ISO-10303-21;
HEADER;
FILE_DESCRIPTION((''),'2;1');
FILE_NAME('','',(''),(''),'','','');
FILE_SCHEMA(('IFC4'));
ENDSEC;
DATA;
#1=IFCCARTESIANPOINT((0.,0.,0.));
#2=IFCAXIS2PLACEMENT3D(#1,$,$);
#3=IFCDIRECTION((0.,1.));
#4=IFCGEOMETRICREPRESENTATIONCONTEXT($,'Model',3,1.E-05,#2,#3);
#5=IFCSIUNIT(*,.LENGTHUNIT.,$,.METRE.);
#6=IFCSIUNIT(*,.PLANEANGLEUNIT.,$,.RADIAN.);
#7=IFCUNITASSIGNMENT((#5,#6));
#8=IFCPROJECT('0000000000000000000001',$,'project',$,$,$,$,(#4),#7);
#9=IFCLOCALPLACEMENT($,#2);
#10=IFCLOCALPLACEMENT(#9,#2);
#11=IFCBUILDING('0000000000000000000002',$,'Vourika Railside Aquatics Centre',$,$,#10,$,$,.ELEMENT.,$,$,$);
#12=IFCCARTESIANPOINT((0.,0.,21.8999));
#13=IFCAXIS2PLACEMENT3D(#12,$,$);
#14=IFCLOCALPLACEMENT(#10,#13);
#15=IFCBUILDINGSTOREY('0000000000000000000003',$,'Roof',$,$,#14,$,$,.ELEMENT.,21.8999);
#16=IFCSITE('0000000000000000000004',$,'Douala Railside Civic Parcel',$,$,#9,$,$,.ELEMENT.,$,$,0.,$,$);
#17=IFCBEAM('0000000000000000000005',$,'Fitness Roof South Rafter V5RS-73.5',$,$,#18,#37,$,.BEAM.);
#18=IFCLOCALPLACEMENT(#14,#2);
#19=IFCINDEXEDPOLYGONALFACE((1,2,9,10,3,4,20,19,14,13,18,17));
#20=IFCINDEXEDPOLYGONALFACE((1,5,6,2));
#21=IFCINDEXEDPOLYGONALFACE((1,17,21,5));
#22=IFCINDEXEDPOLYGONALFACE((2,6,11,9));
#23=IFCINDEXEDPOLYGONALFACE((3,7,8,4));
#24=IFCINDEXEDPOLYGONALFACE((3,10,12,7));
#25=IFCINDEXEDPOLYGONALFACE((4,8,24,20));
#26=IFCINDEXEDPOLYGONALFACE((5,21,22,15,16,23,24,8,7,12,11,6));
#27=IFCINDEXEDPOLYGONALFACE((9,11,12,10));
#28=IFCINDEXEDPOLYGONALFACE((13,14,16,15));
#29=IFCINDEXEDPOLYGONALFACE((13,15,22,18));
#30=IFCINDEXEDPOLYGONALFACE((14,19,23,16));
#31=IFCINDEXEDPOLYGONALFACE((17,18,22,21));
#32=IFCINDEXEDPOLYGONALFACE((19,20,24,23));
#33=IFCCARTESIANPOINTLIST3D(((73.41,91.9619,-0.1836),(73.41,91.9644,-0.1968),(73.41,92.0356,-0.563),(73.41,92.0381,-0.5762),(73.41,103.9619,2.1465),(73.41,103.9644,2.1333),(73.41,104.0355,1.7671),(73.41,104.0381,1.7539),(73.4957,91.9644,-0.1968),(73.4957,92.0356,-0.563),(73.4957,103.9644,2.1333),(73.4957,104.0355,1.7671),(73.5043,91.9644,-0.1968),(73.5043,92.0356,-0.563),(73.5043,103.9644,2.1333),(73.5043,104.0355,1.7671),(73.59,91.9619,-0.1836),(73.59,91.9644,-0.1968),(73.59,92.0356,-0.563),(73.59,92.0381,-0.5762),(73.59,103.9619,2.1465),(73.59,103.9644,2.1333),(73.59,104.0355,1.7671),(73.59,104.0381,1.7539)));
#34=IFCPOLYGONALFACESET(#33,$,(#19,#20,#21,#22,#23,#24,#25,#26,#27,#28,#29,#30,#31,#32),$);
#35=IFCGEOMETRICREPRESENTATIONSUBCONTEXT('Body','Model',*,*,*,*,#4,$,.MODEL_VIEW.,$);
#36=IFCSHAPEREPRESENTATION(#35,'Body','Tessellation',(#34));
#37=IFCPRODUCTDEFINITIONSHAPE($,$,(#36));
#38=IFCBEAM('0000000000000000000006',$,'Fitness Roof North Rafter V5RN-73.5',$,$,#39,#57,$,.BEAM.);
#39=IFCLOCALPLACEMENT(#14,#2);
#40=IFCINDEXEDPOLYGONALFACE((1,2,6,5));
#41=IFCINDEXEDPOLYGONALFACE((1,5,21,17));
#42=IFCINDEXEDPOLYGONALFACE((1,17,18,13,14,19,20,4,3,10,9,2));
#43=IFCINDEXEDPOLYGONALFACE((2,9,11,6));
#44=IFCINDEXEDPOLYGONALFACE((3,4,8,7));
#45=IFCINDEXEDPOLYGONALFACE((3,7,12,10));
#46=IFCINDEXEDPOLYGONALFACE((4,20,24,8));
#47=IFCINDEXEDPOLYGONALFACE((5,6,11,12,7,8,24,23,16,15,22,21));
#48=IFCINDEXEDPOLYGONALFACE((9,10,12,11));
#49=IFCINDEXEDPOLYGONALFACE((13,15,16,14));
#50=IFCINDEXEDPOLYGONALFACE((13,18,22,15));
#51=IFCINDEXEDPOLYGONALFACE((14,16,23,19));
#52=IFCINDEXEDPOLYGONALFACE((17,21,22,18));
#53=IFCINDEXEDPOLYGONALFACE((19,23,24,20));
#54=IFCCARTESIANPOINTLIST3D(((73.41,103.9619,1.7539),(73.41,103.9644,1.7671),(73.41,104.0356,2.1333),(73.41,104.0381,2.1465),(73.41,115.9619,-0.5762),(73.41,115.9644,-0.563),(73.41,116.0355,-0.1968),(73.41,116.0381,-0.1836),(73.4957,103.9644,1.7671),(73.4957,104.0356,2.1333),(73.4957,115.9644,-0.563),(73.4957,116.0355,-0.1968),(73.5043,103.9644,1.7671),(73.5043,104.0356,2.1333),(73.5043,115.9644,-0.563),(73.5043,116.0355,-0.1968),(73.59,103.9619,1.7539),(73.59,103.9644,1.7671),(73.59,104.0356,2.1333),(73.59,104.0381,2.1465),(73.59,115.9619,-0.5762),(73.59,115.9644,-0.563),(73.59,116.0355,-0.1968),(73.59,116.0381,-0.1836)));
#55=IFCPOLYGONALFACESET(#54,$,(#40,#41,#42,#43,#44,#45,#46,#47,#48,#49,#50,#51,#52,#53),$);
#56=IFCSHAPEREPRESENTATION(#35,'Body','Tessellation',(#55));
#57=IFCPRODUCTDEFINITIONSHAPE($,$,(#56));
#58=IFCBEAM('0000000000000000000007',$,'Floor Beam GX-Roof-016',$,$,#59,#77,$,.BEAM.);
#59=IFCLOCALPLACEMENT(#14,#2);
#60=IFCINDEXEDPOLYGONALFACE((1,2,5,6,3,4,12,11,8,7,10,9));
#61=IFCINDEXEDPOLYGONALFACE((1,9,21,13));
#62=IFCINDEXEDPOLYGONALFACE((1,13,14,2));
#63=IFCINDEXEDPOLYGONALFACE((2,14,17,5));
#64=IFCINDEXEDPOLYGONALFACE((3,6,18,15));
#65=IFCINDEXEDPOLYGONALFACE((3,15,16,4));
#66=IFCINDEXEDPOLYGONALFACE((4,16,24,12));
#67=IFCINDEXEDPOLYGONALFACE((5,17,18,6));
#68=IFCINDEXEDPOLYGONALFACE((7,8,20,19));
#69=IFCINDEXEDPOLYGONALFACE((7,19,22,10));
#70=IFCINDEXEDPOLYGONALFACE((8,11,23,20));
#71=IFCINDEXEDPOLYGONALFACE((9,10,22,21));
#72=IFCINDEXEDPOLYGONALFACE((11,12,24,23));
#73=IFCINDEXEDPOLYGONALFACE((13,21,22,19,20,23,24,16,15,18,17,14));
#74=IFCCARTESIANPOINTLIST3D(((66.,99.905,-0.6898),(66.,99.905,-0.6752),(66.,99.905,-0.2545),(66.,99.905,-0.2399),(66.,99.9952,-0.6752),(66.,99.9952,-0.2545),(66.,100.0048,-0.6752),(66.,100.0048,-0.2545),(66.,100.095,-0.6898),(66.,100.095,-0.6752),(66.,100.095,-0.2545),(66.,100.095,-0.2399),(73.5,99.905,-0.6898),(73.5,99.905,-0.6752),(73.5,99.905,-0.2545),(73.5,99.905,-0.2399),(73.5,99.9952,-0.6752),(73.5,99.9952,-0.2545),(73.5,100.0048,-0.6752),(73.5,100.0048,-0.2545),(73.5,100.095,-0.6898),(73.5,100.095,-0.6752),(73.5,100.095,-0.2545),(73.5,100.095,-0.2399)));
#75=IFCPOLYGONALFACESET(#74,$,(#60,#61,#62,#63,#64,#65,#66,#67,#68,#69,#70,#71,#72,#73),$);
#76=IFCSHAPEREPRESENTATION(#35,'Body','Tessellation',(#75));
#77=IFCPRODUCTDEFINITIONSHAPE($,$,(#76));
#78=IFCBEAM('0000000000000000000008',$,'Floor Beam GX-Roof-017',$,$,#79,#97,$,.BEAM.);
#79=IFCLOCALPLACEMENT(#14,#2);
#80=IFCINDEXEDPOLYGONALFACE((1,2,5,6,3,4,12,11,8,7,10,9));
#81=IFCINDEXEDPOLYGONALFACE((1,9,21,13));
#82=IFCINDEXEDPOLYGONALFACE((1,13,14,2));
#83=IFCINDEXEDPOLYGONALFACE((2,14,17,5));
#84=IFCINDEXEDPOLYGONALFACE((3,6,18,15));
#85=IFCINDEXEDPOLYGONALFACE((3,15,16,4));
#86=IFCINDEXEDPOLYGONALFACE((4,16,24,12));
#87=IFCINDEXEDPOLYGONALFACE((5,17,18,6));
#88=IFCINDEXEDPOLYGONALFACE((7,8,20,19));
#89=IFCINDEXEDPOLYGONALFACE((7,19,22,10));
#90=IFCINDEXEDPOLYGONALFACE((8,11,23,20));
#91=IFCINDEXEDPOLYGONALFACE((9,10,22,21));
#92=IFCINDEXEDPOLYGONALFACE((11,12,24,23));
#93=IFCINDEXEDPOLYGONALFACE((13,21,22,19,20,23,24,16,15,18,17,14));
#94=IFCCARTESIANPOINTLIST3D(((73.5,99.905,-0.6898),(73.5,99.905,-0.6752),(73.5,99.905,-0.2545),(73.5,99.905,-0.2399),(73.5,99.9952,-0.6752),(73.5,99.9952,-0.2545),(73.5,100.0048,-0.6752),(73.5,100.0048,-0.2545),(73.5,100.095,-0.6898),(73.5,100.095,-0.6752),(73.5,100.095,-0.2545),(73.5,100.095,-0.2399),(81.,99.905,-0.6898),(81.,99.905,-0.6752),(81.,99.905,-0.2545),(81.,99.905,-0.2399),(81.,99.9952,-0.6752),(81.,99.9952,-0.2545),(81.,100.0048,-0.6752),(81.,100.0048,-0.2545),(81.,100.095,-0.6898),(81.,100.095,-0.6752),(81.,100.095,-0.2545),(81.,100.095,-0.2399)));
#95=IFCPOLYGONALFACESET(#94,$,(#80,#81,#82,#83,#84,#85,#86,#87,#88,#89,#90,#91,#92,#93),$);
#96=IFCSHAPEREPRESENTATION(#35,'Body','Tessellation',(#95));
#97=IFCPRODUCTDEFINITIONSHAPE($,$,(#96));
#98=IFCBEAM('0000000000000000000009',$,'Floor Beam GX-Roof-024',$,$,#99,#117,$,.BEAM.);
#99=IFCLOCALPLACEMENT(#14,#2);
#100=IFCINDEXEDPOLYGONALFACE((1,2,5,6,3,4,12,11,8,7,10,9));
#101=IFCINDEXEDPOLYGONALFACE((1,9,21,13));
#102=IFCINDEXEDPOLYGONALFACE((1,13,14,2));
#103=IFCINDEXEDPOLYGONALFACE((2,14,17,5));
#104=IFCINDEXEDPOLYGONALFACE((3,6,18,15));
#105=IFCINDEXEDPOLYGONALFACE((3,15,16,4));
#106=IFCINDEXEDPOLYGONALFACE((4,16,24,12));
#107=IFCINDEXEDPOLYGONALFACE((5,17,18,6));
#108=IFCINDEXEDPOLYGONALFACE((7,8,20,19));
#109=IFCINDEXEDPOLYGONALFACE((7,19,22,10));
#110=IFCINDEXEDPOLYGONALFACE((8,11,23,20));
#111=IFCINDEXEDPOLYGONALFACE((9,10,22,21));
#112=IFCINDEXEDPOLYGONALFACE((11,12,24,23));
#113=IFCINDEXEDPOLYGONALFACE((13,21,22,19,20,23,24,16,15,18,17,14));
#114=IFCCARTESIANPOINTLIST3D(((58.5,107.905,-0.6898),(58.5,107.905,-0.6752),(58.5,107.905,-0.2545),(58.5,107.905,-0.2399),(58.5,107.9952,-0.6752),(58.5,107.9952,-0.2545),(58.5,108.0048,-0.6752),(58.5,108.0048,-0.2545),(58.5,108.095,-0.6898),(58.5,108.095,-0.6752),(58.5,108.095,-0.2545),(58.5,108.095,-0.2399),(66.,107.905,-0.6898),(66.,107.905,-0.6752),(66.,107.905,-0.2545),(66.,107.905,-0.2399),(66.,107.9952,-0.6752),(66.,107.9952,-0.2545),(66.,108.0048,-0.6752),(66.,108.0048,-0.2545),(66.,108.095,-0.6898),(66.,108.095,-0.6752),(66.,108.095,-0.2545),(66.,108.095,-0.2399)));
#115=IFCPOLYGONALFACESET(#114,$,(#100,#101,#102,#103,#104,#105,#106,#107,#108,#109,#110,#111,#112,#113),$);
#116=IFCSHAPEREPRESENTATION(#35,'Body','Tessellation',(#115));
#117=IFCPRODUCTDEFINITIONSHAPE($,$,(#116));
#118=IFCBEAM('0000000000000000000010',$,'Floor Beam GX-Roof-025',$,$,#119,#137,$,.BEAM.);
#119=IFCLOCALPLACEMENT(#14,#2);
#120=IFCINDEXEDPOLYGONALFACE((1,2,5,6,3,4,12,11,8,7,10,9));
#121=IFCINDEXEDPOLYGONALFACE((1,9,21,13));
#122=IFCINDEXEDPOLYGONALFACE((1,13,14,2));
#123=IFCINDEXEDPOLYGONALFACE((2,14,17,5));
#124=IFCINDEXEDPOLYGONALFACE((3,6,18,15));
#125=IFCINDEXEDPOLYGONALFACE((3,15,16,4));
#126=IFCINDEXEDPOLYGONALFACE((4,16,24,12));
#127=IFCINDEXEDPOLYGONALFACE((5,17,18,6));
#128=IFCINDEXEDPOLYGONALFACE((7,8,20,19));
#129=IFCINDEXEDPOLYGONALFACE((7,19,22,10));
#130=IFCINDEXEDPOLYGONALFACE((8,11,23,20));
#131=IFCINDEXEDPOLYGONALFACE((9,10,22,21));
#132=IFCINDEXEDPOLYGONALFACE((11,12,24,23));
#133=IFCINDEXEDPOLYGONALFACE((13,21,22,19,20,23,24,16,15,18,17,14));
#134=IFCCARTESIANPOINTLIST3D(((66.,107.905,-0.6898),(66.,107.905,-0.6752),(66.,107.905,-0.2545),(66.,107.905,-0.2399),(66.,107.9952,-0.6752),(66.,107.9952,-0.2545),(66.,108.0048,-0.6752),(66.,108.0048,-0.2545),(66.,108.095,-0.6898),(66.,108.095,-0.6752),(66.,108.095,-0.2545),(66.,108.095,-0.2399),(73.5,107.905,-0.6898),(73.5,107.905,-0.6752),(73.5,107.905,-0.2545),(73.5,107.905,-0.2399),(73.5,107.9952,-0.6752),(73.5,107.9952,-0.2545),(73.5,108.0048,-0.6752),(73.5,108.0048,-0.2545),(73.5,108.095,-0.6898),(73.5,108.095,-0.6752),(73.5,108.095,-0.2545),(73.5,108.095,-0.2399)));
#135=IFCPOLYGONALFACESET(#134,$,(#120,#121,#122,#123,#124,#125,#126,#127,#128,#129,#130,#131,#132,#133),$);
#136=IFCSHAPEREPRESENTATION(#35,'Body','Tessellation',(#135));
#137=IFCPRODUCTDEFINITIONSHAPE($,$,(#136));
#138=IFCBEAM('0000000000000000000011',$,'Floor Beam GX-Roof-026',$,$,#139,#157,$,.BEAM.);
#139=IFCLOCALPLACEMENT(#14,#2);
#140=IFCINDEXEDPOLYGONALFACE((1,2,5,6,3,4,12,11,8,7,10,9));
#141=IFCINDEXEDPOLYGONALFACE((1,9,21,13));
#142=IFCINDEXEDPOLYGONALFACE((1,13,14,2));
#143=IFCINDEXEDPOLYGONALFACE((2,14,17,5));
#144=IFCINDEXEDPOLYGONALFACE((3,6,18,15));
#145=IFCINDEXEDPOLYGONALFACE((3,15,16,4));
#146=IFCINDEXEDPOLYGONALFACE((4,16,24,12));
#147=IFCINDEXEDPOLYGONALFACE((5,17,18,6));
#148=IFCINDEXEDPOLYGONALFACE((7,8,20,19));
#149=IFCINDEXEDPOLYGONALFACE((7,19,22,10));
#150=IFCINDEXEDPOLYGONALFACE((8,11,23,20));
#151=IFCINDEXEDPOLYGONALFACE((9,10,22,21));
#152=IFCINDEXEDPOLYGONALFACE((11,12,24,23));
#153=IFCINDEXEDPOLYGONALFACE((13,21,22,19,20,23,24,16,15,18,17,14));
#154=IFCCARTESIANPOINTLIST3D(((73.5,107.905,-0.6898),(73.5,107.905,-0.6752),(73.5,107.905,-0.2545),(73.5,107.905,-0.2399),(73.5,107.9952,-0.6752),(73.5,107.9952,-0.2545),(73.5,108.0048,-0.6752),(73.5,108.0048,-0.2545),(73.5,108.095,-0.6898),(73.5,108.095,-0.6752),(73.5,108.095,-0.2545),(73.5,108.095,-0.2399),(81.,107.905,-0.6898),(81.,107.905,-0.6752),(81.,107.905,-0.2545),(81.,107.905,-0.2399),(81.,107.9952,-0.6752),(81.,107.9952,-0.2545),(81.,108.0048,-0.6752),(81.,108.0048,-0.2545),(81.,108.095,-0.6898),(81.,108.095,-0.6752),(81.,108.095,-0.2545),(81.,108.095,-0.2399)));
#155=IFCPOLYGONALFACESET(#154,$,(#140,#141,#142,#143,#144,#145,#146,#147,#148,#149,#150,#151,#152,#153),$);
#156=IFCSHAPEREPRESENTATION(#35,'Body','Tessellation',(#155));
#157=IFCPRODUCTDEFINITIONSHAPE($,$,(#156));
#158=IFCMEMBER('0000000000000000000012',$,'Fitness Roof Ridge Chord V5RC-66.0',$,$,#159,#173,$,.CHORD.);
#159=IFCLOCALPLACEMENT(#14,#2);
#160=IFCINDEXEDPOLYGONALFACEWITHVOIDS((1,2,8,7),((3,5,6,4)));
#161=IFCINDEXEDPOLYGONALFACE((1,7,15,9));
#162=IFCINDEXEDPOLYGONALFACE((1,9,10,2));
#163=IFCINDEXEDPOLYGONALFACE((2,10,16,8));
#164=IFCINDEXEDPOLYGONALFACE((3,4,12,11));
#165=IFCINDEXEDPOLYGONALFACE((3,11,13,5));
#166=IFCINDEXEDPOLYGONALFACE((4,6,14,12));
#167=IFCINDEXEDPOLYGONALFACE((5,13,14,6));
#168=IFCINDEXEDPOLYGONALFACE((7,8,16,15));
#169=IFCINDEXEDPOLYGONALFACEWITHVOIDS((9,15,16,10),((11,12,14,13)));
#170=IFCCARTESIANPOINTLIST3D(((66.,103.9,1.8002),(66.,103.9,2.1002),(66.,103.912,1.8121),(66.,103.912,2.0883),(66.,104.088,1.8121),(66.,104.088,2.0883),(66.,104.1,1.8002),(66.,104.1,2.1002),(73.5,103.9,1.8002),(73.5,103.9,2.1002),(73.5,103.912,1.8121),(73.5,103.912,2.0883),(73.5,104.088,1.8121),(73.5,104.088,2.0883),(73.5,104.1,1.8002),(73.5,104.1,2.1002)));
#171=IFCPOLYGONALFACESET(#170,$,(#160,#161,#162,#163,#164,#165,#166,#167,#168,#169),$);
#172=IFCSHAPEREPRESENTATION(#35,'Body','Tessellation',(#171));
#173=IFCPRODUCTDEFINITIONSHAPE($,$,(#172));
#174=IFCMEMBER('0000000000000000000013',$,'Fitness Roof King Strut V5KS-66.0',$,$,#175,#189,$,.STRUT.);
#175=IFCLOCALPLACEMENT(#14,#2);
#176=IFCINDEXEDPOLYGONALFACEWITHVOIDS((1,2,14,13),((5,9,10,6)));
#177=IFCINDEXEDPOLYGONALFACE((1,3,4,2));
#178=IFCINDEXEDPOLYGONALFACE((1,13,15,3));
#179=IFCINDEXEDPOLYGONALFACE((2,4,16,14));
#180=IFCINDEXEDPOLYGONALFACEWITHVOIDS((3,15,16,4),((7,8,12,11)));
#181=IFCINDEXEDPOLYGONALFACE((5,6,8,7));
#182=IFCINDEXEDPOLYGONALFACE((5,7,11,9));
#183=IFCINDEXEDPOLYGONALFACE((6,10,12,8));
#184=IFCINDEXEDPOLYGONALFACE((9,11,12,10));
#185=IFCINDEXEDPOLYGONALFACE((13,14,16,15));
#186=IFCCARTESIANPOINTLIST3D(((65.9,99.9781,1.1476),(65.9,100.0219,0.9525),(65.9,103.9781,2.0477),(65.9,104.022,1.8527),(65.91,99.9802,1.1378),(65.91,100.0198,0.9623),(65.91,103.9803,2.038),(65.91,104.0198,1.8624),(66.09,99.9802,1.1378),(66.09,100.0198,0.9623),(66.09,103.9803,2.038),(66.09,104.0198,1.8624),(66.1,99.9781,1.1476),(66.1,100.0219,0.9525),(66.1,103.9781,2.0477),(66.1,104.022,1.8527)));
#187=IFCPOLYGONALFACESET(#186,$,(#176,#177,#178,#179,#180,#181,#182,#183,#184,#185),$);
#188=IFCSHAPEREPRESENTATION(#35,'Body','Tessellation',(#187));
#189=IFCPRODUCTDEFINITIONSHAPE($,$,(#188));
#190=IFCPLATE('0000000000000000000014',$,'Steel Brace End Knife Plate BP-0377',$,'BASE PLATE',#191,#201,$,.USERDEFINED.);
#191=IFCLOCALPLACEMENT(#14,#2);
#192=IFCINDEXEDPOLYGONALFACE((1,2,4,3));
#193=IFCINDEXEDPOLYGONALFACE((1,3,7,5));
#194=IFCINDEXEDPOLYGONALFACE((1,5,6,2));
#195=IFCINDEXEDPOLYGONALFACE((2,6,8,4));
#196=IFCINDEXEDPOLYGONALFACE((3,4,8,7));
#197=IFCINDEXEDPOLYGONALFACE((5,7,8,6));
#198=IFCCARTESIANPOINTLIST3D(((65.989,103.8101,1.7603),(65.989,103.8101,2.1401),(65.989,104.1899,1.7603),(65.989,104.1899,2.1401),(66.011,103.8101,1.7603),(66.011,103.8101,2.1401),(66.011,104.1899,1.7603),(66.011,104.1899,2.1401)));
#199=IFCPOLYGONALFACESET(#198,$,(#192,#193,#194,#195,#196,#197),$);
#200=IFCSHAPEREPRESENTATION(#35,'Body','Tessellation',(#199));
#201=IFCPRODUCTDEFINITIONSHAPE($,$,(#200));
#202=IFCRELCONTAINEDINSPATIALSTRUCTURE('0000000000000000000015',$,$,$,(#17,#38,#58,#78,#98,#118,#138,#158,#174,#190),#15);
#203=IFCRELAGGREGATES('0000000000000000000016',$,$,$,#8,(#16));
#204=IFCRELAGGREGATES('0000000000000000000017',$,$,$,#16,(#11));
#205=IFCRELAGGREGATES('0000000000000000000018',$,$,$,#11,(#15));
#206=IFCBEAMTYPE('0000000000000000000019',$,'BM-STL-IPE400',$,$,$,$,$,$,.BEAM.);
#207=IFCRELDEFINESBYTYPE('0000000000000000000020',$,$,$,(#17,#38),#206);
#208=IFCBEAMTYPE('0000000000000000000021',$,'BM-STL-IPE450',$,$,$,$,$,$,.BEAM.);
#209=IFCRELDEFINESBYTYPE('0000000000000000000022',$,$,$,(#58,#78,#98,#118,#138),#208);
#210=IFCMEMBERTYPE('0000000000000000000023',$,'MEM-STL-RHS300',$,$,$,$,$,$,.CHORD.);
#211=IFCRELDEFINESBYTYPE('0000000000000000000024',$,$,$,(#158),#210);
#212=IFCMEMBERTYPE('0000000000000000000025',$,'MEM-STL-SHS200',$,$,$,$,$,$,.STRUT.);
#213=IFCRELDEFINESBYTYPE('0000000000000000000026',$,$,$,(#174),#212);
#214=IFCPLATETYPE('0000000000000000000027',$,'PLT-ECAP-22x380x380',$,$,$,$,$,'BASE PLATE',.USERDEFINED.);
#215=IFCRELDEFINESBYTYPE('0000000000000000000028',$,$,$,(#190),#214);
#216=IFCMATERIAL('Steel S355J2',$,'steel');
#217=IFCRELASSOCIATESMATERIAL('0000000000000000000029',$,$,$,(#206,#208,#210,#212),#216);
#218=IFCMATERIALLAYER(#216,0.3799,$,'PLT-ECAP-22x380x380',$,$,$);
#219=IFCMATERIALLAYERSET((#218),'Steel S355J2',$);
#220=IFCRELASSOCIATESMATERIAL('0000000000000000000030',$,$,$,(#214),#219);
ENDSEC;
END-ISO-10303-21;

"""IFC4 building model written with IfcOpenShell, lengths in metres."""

from ifc_helpers import new_model, si_unit, direction, frame, origin, origin_2d, place, context, subcontext, project, spatial, rectangle, hollow_rectangle, i_section, extrude, material, layer, layer_set, material_profile, profile_set, type_object, element, save


model = new_model("IFC4")

# Units and contexts
model_context = context("Model", 3, precision=1e-05, world=origin(), true_north=direction((0.0, 1.0)))
body_context = subcontext(model_context, "Body", "Model", "MODEL_VIEW")
ifc_project = project(units=[si_unit("LENGTHUNIT", "METRE"), si_unit("PLANEANGLEUNIT", "RADIAN")], contexts=[model_context])

# Site, building, storey
site_placement = place(None, origin())
site = spatial("IfcSite", under=ifc_project, at=site_placement, Name="Douala Railside Civic Parcel", CompositionType="ELEMENT", RefElevation=0.0)
building_placement = place(site_placement, origin())
building = spatial("IfcBuilding", under=site, at=building_placement, Name="Vourika Railside Aquatics Centre", CompositionType="ELEMENT")
storey_placement = place(building_placement, frame((0.0, 0.0, 21.8999)))
storey = spatial("IfcBuildingStorey", under=building, at=storey_placement, Name="Roof", CompositionType="ELEMENT", Elevation=21.8999)

# Shared definitions
ifc_material_1 = material(Name="Steel S355J2", Category="steel")

# Beams
ifc_material_profile_1 = material_profile(ifc_material_1, i_section(OverallWidth=0.1799, OverallDepth=0.3999, WebThickness=0.0085, FlangeThickness=0.0134, at=origin_2d()), Name="IPE 400")
ifc_profile_set_1 = profile_set([ifc_material_profile_1], Name="Steel S355J2")
beam_type_1 = type_object("IfcBeamType", Name="BM-STL-IPE400", PredefinedType="BEAM", material=ifc_profile_set_1)
for number, where, z_axis, x_axis, name in (
    (1, (73.5, 92.0, -0.3799), (0.0, 0.981665, 0.190613), (-1.0, 0.0, 0.0), "Fitness Roof South Rafter V5RS-73.5"),
    (2, (73.5, 104.0, 1.9502), (0.0, 0.981665, -0.190613), (-1.0, 0.0, 0.0), "Fitness Roof North Rafter V5RN-73.5"),
):
    element("IfcBeam", number, at=place(storey_placement, frame(where, z_axis=z_axis, x_axis=x_axis)), inside=storey, type_object=beam_type_1, Name=name, PredefinedType="BEAM", context=body_context, shape_type="SweptSolid", body=[
        extrude(i_section(OverallWidth=0.1799, OverallDepth=0.3999, WebThickness=0.0085, FlangeThickness=0.0134, at=origin_2d()), origin(), (0.0, 0.0, 1.0), 12.2241),
    ])
ifc_material_profile_2 = material_profile(ifc_material_1, i_section(OverallWidth=0.1899, OverallDepth=0.45, WebThickness=0.0095, FlangeThickness=0.0146, at=origin_2d()), Name="IPE 450")
ifc_profile_set_2 = profile_set([ifc_material_profile_2], Name="Steel S355J2")
beam_type_2 = type_object("IfcBeamType", Name="BM-STL-IPE450", PredefinedType="BEAM", material=ifc_profile_set_2)
for number, where, z_axis, x_axis, name in (
    (3, (66.0, 100.0, -0.4648), (1.0, 0.0, 0.0), (0.0, 1.0, 0.0), "Floor Beam GX-Roof-016"),
    (4, (73.5, 100.0, -0.4648), (1.0, 0.0, 0.0), (0.0, 1.0, 0.0), "Floor Beam GX-Roof-017"),
    (5, (58.5, 108.0, -0.4648), (1.0, 0.0, 0.0), (0.0, 1.0, 0.0), "Floor Beam GX-Roof-024"),
    (6, (66.0, 108.0, -0.4648), (1.0, 0.0, 0.0), (0.0, 1.0, 0.0), "Floor Beam GX-Roof-025"),
    (7, (73.5, 108.0, -0.4648), (1.0, 0.0, 0.0), (0.0, 1.0, 0.0), "Floor Beam GX-Roof-026"),
):
    element("IfcBeam", number, at=place(storey_placement, frame(where, z_axis=z_axis, x_axis=x_axis)), inside=storey, type_object=beam_type_2, Name=name, PredefinedType="BEAM", context=body_context, shape_type="SweptSolid", body=[
        extrude(i_section(OverallWidth=0.1899, OverallDepth=0.45, WebThickness=0.0095, FlangeThickness=0.0146, at=origin_2d()), origin(), (0.0, 0.0, 1.0), 7.5),
    ])

# Members
ifc_material_profile_3 = material_profile(ifc_material_1, hollow_rectangle(XDim=0.2, YDim=0.3, WallThickness=0.012, at=origin_2d()), Name="RHS 300x200x12")
ifc_profile_set_3 = profile_set([ifc_material_profile_3], Name="Steel S355J2")
member_type_1 = type_object("IfcMemberType", Name="MEM-STL-RHS300", PredefinedType="CHORD", material=ifc_profile_set_3)
member_1_placement = place(storey_placement, frame((66.0, 104.0, 1.9502), z_axis=(1.0, 0.0, 0.0), x_axis=(0.0, 1.0, 0.0)))
element("IfcMember", 8, at=member_1_placement, inside=storey, type_object=member_type_1, Name="Fitness Roof Ridge Chord V5RC-66.0", PredefinedType="CHORD", context=body_context, shape_type="SweptSolid", body=[
    extrude(hollow_rectangle(XDim=0.2, YDim=0.3, WallThickness=0.012, at=origin_2d()), origin(), (0.0, 0.0, 1.0), 7.5),
])
ifc_material_profile_4 = material_profile(ifc_material_1, hollow_rectangle(XDim=0.2, YDim=0.2, WallThickness=0.01, at=origin_2d()), Name="SHS 200x200x10")
ifc_profile_set_4 = profile_set([ifc_material_profile_4], Name="Steel S355J2")
member_type_2 = type_object("IfcMemberType", Name="MEM-STL-SHS200", PredefinedType="STRUT", material=ifc_profile_set_4)
member_2_placement = place(storey_placement, frame((66.0, 100.0, 1.05), z_axis=(0.0, 0.975602, 0.219546), x_axis=(-1.0, 0.0, 0.0)))
element("IfcMember", 9, at=member_2_placement, inside=storey, type_object=member_type_2, Name="Fitness Roof King Strut V5KS-66.0", PredefinedType="STRUT", context=body_context, shape_type="SweptSolid", body=[
    extrude(hollow_rectangle(XDim=0.2, YDim=0.2, WallThickness=0.01, at=origin_2d()), origin(), (0.0, 0.0, 1.0), 4.1001),
])

# Plate
ifc_layer_1 = layer(ifc_material_1, 0.3799, Name="PLT-ECAP-22x380x380")
ifc_layer_set_1 = layer_set([ifc_layer_1], Name="Steel S355J2")
plate_type = type_object("IfcPlateType", Name="PLT-ECAP-22x380x380", ElementType="BASE PLATE", PredefinedType="USERDEFINED", material=ifc_layer_set_1)
for number, where, z_axis, x_axis, name in (
    (10, (66.0, 104.0, 1.7603), (0.0, 0.0, 1.0), (1.0, 0.0, 0.0), "Steel Brace End Knife Plate BP-0377"),
):
    element("IfcPlate", number, at=place(storey_placement, frame(where, z_axis=z_axis, x_axis=x_axis)), inside=storey, type_object=plate_type, Name=name, ObjectType="BASE PLATE", PredefinedType="USERDEFINED", context=body_context, shape_type="SweptSolid", body=[
        extrude(rectangle(XDim=0.022, YDim=0.3799, at=origin_2d()), origin(), (0.0, 0.0, 1.0), 0.3799),
    ])

save(model, "model.ifc")
